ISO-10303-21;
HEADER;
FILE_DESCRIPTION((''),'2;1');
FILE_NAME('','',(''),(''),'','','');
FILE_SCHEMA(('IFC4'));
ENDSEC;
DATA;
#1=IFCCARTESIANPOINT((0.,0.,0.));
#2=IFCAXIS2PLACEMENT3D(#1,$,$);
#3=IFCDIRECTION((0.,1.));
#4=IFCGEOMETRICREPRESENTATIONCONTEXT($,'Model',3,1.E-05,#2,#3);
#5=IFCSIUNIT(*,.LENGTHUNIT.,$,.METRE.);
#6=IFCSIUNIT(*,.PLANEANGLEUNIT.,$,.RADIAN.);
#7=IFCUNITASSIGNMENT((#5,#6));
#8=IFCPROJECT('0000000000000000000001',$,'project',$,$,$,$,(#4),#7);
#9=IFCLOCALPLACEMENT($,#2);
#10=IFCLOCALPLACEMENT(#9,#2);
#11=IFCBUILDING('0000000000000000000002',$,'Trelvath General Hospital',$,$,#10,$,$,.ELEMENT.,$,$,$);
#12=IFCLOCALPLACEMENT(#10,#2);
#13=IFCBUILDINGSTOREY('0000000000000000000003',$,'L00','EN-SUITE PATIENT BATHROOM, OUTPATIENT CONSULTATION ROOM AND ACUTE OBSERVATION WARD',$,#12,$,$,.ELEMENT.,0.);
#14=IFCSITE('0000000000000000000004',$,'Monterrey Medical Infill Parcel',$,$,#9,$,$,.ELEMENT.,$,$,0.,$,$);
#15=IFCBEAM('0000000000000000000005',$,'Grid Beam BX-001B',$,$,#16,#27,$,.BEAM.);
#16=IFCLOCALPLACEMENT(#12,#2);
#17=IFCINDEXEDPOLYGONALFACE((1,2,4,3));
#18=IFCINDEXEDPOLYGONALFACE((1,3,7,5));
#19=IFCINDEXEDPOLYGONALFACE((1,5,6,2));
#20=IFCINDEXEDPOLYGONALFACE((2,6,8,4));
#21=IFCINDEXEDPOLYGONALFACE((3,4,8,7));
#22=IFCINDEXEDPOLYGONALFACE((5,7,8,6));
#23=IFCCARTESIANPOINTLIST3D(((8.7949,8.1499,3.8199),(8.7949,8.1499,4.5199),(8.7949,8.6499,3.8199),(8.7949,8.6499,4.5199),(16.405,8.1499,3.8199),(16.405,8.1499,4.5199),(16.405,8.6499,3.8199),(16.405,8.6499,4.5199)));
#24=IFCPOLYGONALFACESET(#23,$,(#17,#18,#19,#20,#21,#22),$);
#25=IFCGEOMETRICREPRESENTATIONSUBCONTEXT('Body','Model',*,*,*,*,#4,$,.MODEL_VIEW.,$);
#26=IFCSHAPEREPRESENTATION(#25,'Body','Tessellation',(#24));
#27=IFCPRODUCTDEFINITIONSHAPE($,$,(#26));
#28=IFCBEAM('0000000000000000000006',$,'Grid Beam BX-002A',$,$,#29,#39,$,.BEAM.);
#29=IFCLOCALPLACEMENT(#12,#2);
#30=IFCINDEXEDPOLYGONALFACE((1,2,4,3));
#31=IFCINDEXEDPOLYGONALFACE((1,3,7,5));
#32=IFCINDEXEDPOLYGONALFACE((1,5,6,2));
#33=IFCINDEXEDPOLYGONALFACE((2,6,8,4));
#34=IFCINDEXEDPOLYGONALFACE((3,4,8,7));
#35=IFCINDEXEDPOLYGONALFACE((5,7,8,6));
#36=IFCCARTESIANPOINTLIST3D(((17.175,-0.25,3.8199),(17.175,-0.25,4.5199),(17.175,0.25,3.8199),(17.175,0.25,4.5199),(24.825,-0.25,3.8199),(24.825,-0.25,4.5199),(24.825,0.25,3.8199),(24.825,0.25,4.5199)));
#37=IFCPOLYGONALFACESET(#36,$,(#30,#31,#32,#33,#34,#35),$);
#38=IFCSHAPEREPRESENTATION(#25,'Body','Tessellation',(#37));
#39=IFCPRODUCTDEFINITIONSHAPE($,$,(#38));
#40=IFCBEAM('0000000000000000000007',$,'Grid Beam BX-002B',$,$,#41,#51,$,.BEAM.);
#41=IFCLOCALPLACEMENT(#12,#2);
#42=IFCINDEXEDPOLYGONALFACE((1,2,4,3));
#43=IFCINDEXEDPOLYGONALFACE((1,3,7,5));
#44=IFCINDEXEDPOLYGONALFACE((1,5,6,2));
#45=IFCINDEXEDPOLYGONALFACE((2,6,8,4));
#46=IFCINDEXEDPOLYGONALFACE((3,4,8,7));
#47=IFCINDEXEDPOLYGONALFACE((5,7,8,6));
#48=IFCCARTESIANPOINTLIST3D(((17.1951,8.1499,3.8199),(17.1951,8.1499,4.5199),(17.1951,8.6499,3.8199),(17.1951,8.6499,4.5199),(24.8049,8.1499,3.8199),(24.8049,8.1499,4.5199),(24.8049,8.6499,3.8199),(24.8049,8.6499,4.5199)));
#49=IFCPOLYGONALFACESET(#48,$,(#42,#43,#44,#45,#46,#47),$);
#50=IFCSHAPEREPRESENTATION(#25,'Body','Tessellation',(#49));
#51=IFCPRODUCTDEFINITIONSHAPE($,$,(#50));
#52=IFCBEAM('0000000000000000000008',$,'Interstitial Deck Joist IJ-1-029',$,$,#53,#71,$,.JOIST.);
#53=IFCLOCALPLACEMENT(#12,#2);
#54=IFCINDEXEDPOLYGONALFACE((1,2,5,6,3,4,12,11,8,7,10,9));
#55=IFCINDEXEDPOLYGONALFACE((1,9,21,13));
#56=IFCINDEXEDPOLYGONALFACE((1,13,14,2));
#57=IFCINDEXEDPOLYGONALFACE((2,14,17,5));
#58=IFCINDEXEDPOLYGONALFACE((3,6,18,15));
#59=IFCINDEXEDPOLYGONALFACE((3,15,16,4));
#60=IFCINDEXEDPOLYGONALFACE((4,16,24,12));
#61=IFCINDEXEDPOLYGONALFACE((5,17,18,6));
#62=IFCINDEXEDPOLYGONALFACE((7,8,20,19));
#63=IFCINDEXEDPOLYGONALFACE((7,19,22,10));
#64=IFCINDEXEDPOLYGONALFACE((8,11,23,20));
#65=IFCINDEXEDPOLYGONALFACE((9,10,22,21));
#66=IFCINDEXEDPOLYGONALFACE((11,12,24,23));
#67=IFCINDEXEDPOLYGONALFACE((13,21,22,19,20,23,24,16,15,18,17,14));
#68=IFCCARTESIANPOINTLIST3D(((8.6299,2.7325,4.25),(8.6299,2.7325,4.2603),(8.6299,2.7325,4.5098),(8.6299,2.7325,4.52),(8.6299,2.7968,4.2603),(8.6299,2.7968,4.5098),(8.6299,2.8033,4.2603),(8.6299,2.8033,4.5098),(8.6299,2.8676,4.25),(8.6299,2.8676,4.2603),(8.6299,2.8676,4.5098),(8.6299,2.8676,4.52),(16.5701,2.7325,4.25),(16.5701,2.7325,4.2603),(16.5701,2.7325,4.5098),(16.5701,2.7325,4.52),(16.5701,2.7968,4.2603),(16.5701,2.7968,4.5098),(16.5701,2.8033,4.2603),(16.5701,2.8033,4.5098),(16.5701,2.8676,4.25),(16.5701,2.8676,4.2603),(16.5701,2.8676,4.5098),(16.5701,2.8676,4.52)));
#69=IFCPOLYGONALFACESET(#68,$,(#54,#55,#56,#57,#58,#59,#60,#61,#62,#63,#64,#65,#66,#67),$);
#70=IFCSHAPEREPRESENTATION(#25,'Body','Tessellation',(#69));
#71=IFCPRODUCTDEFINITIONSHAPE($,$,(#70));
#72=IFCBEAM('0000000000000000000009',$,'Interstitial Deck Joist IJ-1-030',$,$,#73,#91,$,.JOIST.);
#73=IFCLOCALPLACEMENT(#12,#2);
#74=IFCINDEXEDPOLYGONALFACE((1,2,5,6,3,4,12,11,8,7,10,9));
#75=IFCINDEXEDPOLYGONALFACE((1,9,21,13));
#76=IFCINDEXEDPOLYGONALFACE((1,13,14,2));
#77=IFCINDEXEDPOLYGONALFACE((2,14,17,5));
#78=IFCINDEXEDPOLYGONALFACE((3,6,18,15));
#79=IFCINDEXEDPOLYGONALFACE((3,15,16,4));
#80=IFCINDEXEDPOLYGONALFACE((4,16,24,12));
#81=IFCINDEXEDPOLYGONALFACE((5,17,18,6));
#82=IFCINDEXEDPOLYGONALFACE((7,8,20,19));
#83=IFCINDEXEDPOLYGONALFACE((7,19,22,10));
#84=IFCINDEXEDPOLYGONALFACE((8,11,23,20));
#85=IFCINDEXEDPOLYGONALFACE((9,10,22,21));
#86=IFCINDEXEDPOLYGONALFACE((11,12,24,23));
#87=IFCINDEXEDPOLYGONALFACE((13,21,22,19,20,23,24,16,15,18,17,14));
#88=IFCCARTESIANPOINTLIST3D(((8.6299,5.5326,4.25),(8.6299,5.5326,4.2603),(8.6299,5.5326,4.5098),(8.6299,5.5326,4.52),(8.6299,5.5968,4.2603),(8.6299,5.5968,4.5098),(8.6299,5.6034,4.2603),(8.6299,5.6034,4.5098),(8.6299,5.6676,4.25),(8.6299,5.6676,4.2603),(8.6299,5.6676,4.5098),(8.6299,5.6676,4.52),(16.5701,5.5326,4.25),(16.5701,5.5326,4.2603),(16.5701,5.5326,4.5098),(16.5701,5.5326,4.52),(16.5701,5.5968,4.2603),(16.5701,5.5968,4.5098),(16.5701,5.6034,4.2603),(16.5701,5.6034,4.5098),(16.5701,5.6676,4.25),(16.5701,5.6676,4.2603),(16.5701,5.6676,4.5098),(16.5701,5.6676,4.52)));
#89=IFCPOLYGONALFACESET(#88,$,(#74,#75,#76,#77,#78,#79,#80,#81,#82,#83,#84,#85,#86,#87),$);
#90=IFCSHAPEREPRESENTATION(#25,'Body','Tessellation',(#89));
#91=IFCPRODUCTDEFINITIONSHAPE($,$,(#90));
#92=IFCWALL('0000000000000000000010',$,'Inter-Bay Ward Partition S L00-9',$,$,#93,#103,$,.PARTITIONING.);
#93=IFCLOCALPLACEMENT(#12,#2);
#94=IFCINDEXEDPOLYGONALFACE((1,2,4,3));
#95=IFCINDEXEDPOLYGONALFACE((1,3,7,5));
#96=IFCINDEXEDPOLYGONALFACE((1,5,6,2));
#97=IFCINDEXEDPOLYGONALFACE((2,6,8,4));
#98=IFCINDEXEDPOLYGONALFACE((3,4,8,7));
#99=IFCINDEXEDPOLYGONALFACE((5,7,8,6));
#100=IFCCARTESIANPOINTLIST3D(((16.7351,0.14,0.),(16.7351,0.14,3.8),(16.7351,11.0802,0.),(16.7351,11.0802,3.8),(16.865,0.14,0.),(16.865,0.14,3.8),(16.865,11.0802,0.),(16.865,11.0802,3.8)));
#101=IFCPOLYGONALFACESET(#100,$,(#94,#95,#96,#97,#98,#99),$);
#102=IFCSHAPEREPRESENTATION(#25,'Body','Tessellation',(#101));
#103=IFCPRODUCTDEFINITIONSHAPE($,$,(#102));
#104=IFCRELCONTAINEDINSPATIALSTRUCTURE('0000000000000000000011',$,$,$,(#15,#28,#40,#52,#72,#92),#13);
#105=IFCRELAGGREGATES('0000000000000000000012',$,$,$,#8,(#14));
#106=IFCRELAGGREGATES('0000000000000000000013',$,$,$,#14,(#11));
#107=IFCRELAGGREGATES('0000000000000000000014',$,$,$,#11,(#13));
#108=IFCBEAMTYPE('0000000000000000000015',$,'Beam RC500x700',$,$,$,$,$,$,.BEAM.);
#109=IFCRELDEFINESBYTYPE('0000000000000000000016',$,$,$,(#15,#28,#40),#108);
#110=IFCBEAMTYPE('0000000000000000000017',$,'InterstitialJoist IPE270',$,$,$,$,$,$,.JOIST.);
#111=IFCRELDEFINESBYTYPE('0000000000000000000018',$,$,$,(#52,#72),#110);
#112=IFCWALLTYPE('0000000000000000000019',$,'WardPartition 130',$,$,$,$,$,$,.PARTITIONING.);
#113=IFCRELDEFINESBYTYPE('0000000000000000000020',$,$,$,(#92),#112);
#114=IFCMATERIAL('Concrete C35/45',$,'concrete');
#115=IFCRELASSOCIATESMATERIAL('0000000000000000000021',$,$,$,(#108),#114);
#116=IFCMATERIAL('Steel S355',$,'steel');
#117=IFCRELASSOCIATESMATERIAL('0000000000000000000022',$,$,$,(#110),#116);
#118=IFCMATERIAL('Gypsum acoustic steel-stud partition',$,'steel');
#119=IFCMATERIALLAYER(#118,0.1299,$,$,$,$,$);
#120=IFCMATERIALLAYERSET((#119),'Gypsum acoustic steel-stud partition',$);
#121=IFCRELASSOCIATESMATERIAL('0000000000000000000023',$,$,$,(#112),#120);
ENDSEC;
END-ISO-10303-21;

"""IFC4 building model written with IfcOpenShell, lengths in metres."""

from ifc_helpers import new_model, si_unit, direction, frame, frame_2d, origin, origin_2d, place, context, subcontext, project, spatial, rectangle, i_section, extrude, material, layer, layer_set, material_profile, profile_set, type_object, element, save


model = new_model("IFC4")

# Units and contexts
model_context = context("Model", 3, precision=1e-05, world=origin(), true_north=direction((0.0, 1.0)))
body_context = subcontext(model_context, "Body", "Model", "MODEL_VIEW")
ifc_project = project(units=[si_unit("LENGTHUNIT", "METRE"), si_unit("PLANEANGLEUNIT", "RADIAN")], contexts=[model_context])

# Site, building, storey
site_placement = place(None, origin())
site = spatial("IfcSite", under=ifc_project, at=site_placement, Name="Monterrey Medical Infill Parcel", CompositionType="ELEMENT", RefElevation=0.0)
building_placement = place(site_placement, origin())
building = spatial("IfcBuilding", under=site, at=building_placement, Name="Trelvath General Hospital", CompositionType="ELEMENT")
storey_placement = place(building_placement, origin())
storey = spatial("IfcBuildingStorey", under=building, at=storey_placement, Name="L00", Description="EN-SUITE PATIENT BATHROOM, OUTPATIENT CONSULTATION ROOM AND ACUTE OBSERVATION WARD", CompositionType="ELEMENT", Elevation=0.0)

# Beams
ifc_material_1 = material(Name="Concrete C35/45", Category="concrete")
ifc_material_profile_1 = material_profile(ifc_material_1, rectangle(XDim=0.5, YDim=0.7, at=origin_2d()), Name="RCB500x700")
ifc_profile_set_1 = profile_set([ifc_material_profile_1], Name="Concrete C35/45")
beam_type_1 = type_object("IfcBeamType", Name="Beam RC500x700", PredefinedType="BEAM", material=ifc_profile_set_1)
beam_1_placement = place(storey_placement, frame((8.7949, 8.3999, 4.1699), z_axis=(1.0, 0.0, 0.0), x_axis=(0.0, 1.0, 0.0)))
element("IfcBeam", 1, at=beam_1_placement, inside=storey, type_object=beam_type_1, Name="Grid Beam BX-001B", PredefinedType="BEAM", context=body_context, shape_type="SweptSolid", body=[
    extrude(rectangle(XDim=0.5, YDim=0.7, at=origin_2d()), origin(), (0.0, 0.0, 1.0), 7.6101),
])
beam_2_placement = place(storey_placement, frame((17.175, 0.0, 4.1699), z_axis=(1.0, 0.0, 0.0), x_axis=(0.0, 1.0, 0.0)))
element("IfcBeam", 2, at=beam_2_placement, inside=storey, type_object=beam_type_1, Name="Grid Beam BX-002A", PredefinedType="BEAM", context=body_context, shape_type="SweptSolid", body=[
    extrude(rectangle(XDim=0.5, YDim=0.7, at=origin_2d()), origin(), (0.0, 0.0, 1.0), 7.6499),
])
beam_3_placement = place(storey_placement, frame((17.1951, 8.3999, 4.1699), z_axis=(1.0, 0.0, 0.0), x_axis=(0.0, 1.0, 0.0)))
element("IfcBeam", 3, at=beam_3_placement, inside=storey, type_object=beam_type_1, Name="Grid Beam BX-002B", PredefinedType="BEAM", context=body_context, shape_type="SweptSolid", body=[
    extrude(rectangle(XDim=0.5, YDim=0.7, at=origin_2d()), origin(), (0.0, 0.0, 1.0), 7.6099),
])
ifc_material_2 = material(Name="Steel S355", Category="steel")
ifc_material_profile_2 = material_profile(ifc_material_2, i_section(OverallWidth=0.135, OverallDepth=0.27, WebThickness=0.0066, FlangeThickness=0.0103, at=origin_2d()), Name="IPE270")
ifc_profile_set_2 = profile_set([ifc_material_profile_2], Name="Steel S355")
beam_type_2 = type_object("IfcBeamType", Name="InterstitialJoist IPE270", PredefinedType="JOIST", material=ifc_profile_set_2)
for number, where, z_axis, x_axis, name in (
    (4, (8.6299, 2.8, 4.385), (1.0, 0.0, 0.0), (0.0, 1.0, 0.0), "Interstitial Deck Joist IJ-1-029"),
    (5, (8.6299, 5.6001, 4.385), (1.0, 0.0, 0.0), (0.0, 1.0, 0.0), "Interstitial Deck Joist IJ-1-030"),
):
    element("IfcBeam", number, at=place(storey_placement, frame(where, z_axis=z_axis, x_axis=x_axis)), inside=storey, type_object=beam_type_2, Name=name, PredefinedType="JOIST", context=body_context, shape_type="SweptSolid", body=[
        extrude(i_section(OverallWidth=0.135, OverallDepth=0.27, WebThickness=0.0066, FlangeThickness=0.0103, at=origin_2d()), origin(), (0.0, 0.0, 1.0), 7.9402),
    ])

# Wall
ifc_material_3 = material(Name="Gypsum acoustic steel-stud partition", Category="steel")
ifc_layer_1 = layer(ifc_material_3, 0.1299)
ifc_layer_set_1 = layer_set([ifc_layer_1], Name="Gypsum acoustic steel-stud partition")
wall_type_1 = type_object("IfcWallType", Name="WardPartition 130", PredefinedType="PARTITIONING", material=ifc_layer_set_1)
wall_1_placement = place(storey_placement, frame((16.8, 0.1399, 0.0), z_axis=(0.0, 0.0, 1.0), x_axis=(0.0, 1.0, 0.0)))
element("IfcWall", 6, at=wall_1_placement, inside=storey, type_object=wall_type_1, Name="Inter-Bay Ward Partition S L00-9", PredefinedType="PARTITIONING", context=body_context, shape_type="SweptSolid", body=[
    extrude(rectangle(XDim=10.9402, YDim=0.1299, at=frame_2d((5.4702, 0.0))), origin(), (0.0, 0.0, 1.0), 3.8),
])

save(model, "model.ifc")
